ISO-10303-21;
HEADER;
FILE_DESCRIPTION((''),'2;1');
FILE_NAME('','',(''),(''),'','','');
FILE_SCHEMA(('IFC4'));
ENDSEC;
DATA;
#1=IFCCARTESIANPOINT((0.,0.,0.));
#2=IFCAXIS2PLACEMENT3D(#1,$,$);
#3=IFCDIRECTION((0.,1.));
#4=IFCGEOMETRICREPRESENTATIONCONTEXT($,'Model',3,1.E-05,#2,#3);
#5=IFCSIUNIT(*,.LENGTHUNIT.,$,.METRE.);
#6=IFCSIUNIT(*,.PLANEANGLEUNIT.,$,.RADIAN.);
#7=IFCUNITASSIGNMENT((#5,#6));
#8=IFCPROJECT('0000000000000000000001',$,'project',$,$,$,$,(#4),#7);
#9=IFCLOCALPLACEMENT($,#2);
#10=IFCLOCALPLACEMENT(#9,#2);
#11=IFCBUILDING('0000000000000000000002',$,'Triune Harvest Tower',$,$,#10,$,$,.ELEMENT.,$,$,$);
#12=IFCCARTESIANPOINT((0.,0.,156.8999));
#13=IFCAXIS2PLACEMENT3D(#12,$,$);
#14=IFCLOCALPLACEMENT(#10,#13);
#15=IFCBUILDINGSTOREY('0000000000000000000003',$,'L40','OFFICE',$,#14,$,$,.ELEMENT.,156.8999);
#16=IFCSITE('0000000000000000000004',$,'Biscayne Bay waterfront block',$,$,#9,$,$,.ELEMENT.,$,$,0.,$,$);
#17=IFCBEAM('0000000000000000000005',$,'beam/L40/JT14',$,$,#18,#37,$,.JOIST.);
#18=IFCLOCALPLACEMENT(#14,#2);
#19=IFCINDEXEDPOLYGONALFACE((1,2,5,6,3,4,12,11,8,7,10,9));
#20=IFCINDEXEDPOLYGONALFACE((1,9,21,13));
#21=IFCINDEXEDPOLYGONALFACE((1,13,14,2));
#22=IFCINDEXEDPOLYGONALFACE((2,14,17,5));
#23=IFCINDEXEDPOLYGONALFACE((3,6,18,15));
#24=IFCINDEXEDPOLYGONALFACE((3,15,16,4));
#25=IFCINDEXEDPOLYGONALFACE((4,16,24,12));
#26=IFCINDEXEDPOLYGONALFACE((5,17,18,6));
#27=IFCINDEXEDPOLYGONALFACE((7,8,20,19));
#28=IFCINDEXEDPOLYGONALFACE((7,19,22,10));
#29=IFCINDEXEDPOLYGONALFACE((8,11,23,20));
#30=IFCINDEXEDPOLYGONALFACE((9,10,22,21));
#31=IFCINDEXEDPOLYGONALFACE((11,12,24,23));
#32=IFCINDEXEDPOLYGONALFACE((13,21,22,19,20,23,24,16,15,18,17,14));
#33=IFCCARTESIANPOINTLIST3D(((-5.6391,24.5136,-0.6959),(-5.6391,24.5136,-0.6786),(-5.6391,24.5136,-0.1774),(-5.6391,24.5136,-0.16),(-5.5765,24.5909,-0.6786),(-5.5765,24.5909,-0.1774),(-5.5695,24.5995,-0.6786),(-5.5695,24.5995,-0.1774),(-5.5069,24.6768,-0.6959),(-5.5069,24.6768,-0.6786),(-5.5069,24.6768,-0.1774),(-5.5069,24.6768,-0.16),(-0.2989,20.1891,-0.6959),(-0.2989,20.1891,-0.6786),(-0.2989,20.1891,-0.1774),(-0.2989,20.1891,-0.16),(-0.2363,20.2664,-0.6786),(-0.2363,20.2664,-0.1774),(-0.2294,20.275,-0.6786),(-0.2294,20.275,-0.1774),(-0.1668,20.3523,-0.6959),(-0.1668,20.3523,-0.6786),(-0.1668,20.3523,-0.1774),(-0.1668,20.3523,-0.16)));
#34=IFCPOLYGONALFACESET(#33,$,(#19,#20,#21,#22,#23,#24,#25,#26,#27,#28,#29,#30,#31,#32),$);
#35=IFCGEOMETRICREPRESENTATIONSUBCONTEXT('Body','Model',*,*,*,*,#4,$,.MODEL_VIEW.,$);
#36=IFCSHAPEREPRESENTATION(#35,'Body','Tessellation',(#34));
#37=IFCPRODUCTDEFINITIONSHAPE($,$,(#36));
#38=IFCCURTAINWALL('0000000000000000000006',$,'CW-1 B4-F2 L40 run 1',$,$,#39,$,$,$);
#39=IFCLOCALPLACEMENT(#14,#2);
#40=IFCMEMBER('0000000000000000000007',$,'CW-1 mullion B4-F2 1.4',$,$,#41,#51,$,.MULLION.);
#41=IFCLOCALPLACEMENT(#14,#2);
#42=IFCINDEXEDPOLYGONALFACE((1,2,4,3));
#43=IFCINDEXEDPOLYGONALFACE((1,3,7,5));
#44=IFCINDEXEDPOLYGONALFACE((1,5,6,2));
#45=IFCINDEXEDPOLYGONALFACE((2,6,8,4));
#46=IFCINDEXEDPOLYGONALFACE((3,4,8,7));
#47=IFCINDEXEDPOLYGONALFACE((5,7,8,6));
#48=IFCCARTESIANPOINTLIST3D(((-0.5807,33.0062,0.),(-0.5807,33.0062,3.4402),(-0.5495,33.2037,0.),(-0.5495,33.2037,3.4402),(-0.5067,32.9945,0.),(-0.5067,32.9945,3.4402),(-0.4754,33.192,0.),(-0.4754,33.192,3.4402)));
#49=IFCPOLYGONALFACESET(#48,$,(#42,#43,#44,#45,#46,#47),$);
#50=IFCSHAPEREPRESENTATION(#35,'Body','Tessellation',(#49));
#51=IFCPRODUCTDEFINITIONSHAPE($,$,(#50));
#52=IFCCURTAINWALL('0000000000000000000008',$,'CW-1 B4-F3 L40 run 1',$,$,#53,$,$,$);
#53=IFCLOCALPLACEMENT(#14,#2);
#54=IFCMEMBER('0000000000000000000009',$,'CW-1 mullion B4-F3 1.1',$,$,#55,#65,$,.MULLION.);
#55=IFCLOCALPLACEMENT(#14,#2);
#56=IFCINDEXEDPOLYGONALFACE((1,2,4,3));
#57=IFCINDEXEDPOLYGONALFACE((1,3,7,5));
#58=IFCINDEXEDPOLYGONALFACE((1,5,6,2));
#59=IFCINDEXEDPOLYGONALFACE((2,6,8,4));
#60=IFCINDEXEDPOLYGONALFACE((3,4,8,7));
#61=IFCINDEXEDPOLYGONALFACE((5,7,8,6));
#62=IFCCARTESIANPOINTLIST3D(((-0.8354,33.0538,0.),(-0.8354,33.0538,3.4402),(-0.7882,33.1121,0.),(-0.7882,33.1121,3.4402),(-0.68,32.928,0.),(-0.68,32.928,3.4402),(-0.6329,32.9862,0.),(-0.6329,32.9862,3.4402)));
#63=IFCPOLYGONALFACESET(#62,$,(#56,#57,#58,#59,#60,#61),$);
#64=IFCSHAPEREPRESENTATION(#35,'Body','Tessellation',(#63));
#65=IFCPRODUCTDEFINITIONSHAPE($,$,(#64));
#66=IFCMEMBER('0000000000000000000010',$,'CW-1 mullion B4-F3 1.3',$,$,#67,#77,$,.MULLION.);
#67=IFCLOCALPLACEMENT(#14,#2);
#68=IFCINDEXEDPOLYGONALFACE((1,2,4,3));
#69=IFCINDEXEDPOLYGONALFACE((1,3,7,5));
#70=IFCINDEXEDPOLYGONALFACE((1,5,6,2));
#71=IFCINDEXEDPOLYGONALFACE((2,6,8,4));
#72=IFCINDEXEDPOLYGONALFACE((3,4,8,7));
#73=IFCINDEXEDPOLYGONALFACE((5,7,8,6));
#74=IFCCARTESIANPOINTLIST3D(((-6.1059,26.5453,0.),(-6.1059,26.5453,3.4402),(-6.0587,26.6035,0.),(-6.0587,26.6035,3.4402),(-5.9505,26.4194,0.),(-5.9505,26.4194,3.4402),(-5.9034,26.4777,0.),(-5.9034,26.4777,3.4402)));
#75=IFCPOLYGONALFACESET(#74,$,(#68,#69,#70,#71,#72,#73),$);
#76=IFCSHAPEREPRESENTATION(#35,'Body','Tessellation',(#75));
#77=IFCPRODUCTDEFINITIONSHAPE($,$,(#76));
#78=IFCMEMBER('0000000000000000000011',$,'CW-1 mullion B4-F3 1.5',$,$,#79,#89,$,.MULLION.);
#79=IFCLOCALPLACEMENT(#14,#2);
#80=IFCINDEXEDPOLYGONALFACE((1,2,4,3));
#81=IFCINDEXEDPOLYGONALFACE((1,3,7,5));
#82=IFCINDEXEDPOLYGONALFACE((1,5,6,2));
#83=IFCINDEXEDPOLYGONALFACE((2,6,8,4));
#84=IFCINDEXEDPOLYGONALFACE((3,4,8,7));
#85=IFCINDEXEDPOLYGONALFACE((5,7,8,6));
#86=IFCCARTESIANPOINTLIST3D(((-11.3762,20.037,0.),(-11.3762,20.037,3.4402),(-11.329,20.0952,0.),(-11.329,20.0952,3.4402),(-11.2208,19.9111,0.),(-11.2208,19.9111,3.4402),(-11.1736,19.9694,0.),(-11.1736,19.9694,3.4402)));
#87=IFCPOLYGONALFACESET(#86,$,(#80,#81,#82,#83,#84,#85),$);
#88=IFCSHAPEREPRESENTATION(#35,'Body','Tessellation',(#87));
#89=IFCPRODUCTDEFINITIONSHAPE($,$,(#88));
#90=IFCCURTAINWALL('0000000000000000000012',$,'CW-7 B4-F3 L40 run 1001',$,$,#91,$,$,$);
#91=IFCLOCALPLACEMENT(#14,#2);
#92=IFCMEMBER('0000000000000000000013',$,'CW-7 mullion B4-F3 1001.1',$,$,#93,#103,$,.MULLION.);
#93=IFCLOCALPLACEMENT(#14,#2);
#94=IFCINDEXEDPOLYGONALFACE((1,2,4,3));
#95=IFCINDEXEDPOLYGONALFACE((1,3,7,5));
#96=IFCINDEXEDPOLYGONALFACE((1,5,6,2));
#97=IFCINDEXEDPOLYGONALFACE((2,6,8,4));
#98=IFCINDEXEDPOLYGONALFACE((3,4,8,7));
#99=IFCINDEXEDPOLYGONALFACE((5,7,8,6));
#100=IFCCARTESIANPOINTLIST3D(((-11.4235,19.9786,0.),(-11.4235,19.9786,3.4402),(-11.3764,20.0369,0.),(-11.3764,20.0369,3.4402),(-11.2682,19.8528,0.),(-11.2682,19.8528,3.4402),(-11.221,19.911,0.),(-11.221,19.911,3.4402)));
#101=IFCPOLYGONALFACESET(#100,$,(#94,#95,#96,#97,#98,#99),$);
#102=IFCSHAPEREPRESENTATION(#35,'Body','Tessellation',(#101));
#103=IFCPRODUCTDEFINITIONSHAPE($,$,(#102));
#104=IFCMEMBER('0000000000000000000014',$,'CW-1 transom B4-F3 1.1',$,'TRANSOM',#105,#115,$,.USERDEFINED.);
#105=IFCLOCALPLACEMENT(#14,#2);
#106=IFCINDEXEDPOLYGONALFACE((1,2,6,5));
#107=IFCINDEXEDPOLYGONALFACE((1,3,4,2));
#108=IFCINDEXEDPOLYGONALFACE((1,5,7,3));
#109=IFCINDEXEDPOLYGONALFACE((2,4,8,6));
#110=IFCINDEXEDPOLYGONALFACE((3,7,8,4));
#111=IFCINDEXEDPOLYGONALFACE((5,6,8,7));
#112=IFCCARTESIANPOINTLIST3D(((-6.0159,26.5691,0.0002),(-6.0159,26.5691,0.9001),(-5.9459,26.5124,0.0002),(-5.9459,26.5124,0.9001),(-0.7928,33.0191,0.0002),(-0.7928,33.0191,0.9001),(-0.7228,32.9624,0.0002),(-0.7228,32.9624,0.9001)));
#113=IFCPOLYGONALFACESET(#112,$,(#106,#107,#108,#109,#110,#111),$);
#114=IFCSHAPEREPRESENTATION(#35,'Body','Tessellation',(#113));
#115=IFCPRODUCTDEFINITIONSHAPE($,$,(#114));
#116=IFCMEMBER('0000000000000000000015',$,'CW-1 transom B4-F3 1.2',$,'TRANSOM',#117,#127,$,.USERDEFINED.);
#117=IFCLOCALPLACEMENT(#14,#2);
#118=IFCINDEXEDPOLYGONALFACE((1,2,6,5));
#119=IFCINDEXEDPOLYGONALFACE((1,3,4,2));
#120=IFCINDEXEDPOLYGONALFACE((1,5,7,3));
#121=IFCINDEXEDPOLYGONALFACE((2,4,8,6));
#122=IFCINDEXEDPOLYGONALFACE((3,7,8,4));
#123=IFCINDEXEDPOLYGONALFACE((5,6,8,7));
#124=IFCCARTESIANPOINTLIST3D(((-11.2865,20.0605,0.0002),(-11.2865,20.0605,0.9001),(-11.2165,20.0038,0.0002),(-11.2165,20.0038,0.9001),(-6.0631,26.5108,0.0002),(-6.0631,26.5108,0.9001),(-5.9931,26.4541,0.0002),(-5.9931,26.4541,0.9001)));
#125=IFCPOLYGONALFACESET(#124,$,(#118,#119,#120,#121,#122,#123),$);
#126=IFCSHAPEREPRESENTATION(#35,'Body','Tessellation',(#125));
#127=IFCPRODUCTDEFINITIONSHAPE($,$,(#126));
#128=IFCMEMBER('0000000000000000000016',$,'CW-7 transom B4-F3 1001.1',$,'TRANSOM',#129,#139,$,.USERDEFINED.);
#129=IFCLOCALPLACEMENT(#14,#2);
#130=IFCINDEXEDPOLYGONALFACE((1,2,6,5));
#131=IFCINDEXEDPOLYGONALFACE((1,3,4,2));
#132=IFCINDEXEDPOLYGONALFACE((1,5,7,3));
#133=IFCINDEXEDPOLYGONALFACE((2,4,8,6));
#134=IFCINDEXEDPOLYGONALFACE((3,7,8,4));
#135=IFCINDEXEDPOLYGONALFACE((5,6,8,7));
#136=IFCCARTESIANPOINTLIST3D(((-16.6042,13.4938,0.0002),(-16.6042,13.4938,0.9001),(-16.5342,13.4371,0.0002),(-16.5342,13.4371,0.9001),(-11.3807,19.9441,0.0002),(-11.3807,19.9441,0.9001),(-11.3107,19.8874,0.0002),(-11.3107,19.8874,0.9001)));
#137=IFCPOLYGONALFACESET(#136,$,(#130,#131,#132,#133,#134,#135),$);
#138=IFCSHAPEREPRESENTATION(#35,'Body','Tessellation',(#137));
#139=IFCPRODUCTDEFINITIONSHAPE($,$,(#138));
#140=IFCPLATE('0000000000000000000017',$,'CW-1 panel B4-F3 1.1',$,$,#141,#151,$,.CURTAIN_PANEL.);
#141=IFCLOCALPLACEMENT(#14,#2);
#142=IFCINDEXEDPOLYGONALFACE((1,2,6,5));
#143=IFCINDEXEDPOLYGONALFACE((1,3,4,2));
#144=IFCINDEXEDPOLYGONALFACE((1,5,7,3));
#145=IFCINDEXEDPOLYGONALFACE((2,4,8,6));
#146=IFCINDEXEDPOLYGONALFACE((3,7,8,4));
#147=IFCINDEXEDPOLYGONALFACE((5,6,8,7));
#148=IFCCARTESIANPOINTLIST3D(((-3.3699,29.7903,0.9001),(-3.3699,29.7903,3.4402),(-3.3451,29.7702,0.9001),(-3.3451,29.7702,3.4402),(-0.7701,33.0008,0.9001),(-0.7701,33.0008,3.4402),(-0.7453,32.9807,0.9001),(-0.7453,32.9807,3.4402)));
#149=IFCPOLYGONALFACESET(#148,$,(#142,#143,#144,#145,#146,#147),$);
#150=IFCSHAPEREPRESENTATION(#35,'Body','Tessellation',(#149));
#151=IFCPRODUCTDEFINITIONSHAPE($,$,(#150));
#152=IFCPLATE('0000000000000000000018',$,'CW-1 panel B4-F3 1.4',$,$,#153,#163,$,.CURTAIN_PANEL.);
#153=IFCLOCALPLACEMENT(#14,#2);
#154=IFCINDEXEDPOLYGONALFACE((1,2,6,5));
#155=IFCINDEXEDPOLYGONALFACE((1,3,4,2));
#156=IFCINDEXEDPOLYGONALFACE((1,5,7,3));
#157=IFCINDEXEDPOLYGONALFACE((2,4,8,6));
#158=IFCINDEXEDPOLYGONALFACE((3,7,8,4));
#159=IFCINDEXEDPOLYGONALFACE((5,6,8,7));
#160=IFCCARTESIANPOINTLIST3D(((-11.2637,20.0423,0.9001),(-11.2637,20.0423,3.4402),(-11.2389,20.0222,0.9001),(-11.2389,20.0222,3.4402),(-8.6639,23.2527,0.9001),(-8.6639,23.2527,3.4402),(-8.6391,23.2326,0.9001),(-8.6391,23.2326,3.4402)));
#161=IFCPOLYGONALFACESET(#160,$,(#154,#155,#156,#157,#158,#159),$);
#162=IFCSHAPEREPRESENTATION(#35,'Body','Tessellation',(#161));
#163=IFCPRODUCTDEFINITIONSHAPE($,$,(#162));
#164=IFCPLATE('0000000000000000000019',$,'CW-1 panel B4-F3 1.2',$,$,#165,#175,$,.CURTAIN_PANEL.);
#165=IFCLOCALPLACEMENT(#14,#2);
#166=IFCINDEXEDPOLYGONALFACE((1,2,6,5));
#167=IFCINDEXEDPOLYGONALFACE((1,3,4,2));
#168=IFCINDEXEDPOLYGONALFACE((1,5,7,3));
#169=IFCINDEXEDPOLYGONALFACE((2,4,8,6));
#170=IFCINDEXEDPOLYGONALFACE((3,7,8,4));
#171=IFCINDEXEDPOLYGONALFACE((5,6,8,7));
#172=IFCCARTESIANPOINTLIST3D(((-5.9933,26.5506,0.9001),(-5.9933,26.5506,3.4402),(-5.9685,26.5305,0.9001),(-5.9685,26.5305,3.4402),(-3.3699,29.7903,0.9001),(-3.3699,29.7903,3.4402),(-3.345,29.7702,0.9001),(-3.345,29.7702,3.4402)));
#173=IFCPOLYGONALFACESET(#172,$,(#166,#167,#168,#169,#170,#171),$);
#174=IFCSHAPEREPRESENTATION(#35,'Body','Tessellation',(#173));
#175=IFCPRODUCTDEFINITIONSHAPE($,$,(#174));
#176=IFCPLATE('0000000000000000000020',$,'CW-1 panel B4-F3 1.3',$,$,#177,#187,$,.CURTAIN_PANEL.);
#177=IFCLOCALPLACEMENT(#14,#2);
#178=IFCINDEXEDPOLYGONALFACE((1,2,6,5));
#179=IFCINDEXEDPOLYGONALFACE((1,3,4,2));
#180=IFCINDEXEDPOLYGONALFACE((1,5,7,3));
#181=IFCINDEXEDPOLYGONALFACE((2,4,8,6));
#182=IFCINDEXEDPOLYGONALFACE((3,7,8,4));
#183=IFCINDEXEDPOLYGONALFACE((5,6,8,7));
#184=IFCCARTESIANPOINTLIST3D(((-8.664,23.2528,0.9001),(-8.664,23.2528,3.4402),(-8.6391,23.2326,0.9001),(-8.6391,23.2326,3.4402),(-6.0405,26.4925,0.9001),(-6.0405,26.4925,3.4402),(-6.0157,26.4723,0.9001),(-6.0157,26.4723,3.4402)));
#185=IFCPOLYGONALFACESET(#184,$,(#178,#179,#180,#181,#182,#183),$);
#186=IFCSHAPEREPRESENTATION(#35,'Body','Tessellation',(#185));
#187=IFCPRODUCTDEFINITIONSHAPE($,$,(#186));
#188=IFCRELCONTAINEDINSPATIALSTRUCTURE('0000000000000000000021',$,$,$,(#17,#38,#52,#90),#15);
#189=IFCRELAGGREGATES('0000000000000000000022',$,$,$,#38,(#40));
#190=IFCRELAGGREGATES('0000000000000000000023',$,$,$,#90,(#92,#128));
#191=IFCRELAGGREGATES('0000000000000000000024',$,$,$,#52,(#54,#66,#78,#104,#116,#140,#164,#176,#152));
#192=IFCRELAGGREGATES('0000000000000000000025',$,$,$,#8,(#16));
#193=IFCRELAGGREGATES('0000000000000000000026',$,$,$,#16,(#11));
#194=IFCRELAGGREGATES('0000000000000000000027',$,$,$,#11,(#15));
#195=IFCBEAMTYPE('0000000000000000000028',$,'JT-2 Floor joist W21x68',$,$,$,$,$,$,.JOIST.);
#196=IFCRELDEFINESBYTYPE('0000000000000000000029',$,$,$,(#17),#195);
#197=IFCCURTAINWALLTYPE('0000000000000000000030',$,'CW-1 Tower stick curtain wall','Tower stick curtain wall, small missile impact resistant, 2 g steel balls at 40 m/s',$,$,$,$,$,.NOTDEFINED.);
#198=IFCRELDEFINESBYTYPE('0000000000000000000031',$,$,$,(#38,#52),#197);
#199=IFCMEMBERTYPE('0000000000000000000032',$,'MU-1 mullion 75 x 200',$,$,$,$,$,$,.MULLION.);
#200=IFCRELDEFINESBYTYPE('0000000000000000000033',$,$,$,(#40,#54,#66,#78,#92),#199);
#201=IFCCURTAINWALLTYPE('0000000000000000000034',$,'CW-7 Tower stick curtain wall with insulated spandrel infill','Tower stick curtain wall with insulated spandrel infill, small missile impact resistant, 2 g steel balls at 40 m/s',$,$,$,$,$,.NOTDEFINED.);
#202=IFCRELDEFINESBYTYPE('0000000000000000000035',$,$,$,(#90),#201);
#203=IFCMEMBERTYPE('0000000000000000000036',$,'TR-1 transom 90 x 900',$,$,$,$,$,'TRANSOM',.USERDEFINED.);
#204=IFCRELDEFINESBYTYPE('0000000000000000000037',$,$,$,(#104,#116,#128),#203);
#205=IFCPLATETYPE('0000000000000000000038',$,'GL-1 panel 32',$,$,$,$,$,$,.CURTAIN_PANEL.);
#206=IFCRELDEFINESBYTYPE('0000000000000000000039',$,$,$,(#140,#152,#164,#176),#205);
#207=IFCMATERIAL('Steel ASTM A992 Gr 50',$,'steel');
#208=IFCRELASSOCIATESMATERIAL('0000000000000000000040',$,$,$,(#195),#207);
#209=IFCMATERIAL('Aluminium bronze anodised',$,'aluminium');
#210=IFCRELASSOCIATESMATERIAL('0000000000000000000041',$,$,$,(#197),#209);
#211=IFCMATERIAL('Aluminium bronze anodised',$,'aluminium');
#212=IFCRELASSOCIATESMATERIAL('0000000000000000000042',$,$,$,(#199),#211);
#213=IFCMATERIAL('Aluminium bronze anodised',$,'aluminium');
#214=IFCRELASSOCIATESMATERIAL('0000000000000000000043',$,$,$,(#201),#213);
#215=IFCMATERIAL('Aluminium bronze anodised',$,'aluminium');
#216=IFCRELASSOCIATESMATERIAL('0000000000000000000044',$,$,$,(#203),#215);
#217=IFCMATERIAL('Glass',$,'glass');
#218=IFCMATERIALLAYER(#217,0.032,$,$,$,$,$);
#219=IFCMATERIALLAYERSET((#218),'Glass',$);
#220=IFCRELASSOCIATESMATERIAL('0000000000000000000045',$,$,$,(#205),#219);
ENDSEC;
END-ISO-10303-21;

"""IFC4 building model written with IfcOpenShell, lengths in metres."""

from ifc_helpers import new_model, si_unit, direction, frame, origin, origin_2d, place, context, subcontext, project, spatial, rectangle, i_section, extrude, source, transform, mapped, material, layer, layer_set, material_profile, profile_set, type_object, element, aggregate, save


model = new_model("IFC4")

# Units and contexts
model_context = context("Model", 3, precision=1e-05, world=origin(), true_north=direction((0.0, 1.0)))
body_context = subcontext(model_context, "Body", "Model", "MODEL_VIEW")
ifc_project = project(units=[si_unit("LENGTHUNIT", "METRE"), si_unit("PLANEANGLEUNIT", "RADIAN")], contexts=[model_context])

# Site, building, storey
site_placement = place(None, origin())
site = spatial("IfcSite", under=ifc_project, at=site_placement, Name="Biscayne Bay waterfront block", CompositionType="ELEMENT", RefElevation=0.0)
building_placement = place(site_placement, origin())
building = spatial("IfcBuilding", under=site, at=building_placement, Name="Triune Harvest Tower", CompositionType="ELEMENT")
storey_placement = place(building_placement, frame((0.0, 0.0, 156.8999)))
storey = spatial("IfcBuildingStorey", under=building, at=storey_placement, Name="L40", Description="OFFICE", CompositionType="ELEMENT", Elevation=156.8999)

# Beam
ifc_material_1 = material(Name="Steel ASTM A992 Gr 50", Category="steel")
ifc_material_profile_1 = material_profile(ifc_material_1, i_section(OverallWidth=0.21, OverallDepth=0.5359, WebThickness=0.011, FlangeThickness=0.0173, at=origin_2d()), Name="W21x68")
ifc_profile_set_1 = profile_set([ifc_material_profile_1], Name="Steel ASTM A992 Gr 50")
beam_type_1 = type_object("IfcBeamType", Name="JT-2 Floor joist W21x68", PredefinedType="JOIST", material=ifc_profile_set_1)
shared_shape_1 = source(origin(), body_context, "Body", "SweptSolid", [
    extrude(i_section(OverallWidth=0.21, OverallDepth=0.5359, WebThickness=0.011, FlangeThickness=0.0173, at=origin_2d()), origin(), (0.0, 0.0, 1.0), 6.8716),
])
beam_1_placement = place(storey_placement, frame((-5.573, 24.5952, -0.428), z_axis=(0.777136, -0.629333, 0.0), x_axis=(0.629333, 0.777136, 0.0)))
element("IfcBeam", 1, at=beam_1_placement, inside=storey, type_object=beam_type_1, Name="beam/L40/JT14", PredefinedType="JOIST", context=body_context, shape_type="MappedRepresentation", body=[
    mapped(shared_shape_1, transform((0.0, 0.0, 0.0), scale=1.0)),
])

# Curtain wall, member
ifc_material_2 = material(Name="Aluminium bronze anodised", Category="aluminium")
curtain_wall_type_1 = type_object("IfcCurtainWallType", Name="CW-1 Tower stick curtain wall", Description="Tower stick curtain wall, small missile impact resistant, 2 g steel balls at 40 m/s", PredefinedType="NOTDEFINED", material=ifc_material_2)
curtain_wall_1_placement = place(storey_placement, origin())
curtain_wall_1 = element("IfcCurtainWall", 2, at=curtain_wall_1_placement, inside=storey, type_object=curtain_wall_type_1, Name="CW-1 B4-F2 L40 run 1")
ifc_material_3 = material(Name="Aluminium bronze anodised", Category="aluminium")
ifc_material_profile_2 = material_profile(ifc_material_3, rectangle(XDim=0.2, YDim=0.075, at=origin_2d()), Name="MU-1 mullion 75 x 200")
ifc_profile_set_2 = profile_set([ifc_material_profile_2], Name="Aluminium bronze anodised")
member_type_1 = type_object("IfcMemberType", Name="MU-1 mullion 75 x 200", PredefinedType="MULLION", material=ifc_profile_set_2)
shared_shape_2 = source(origin(), body_context, "Body", "SweptSolid", [
    extrude(rectangle(XDim=0.2, YDim=0.075, at=origin_2d()), origin(), (0.0, 0.0, 1.0), 3.4402),
])
member_1_placement = place(storey_placement, frame((-0.5281, 33.0991, 0.0), z_axis=(0.0, 0.0, 1.0), x_axis=(-0.156433, -0.987689, 0.0)))
member_1 = element("IfcMember", 3, at=member_1_placement, type_object=member_type_1, Name="CW-1 mullion B4-F2 1.4", PredefinedType="MULLION", context=body_context, shape_type="MappedRepresentation", body=[
    mapped(shared_shape_2, transform((0.0, 0.0, 0.0), scale=1.0)),
])
aggregate(curtain_wall_1, [member_1])

# Curtain wall, members
curtain_wall_2_placement = place(storey_placement, origin())
curtain_wall_2 = element("IfcCurtainWall", 4, at=curtain_wall_2_placement, inside=storey, type_object=curtain_wall_type_1, Name="CW-1 B4-F3 L40 run 1")
member_2_placement = place(storey_placement, frame((-0.7341, 33.02, 0.0), z_axis=(0.0, 0.0, 1.0), x_axis=(0.777143, -0.629324, 0.0)))
member_2 = element("IfcMember", 5, at=member_2_placement, type_object=member_type_1, Name="CW-1 mullion B4-F3 1.1", PredefinedType="MULLION", context=body_context, shape_type="MappedRepresentation", body=[
    mapped(shared_shape_2, transform((0.0, 0.0, 0.0), scale=1.0)),
])
member_3_placement = place(storey_placement, frame((-6.0046, 26.5115, 0.0), z_axis=(0.0, 0.0, 1.0), x_axis=(0.777143, -0.629324, 0.0)))
member_3 = element("IfcMember", 6, at=member_3_placement, type_object=member_type_1, Name="CW-1 mullion B4-F3 1.3", PredefinedType="MULLION", context=body_context, shape_type="MappedRepresentation", body=[
    mapped(shared_shape_2, transform((0.0, 0.0, 0.0), scale=1.0)),
])
member_4_placement = place(storey_placement, frame((-11.2749, 20.0032, 0.0), z_axis=(0.0, 0.0, 1.0), x_axis=(0.777143, -0.629324, 0.0)))
member_4 = element("IfcMember", 7, at=member_4_placement, type_object=member_type_1, Name="CW-1 mullion B4-F3 1.5", PredefinedType="MULLION", context=body_context, shape_type="MappedRepresentation", body=[
    mapped(shared_shape_2, transform((0.0, 0.0, 0.0), scale=1.0)),
])

# Curtain wall, member
ifc_material_4 = material(Name="Aluminium bronze anodised", Category="aluminium")
curtain_wall_type_2 = type_object("IfcCurtainWallType", Name="CW-7 Tower stick curtain wall with insulated spandrel infill", Description="Tower stick curtain wall with insulated spandrel infill, small missile impact resistant, 2 g steel balls at 40 m/s", PredefinedType="NOTDEFINED", material=ifc_material_4)
curtain_wall_3_placement = place(storey_placement, origin())
curtain_wall_3 = element("IfcCurtainWall", 8, at=curtain_wall_3_placement, inside=storey, type_object=curtain_wall_type_2, Name="CW-7 B4-F3 L40 run 1001")
member_5_placement = place(storey_placement, frame((-11.3223, 19.9448, 0.0), z_axis=(0.0, 0.0, 1.0), x_axis=(0.777149, -0.629317, 0.0)))
member_5 = element("IfcMember", 9, at=member_5_placement, type_object=member_type_1, Name="CW-7 mullion B4-F3 1001.1", PredefinedType="MULLION", context=body_context, shape_type="MappedRepresentation", body=[
    mapped(shared_shape_2, transform((0.0, 0.0, 0.0), scale=1.0)),
])

# Members
ifc_material_5 = material(Name="Aluminium bronze anodised", Category="aluminium")
ifc_material_profile_3 = material_profile(ifc_material_5, rectangle(XDim=0.0901, YDim=0.8999, at=origin_2d()), Name="TR-1 transom 90 x 900")
ifc_profile_set_3 = profile_set([ifc_material_profile_3], Name="Aluminium bronze anodised")
member_type_2 = type_object("IfcMemberType", Name="TR-1 transom 90 x 900", ElementType="TRANSOM", PredefinedType="USERDEFINED", material=ifc_profile_set_3)
shared_shape_3 = source(origin(), body_context, "Body", "SweptSolid", [
    extrude(rectangle(XDim=0.0901, YDim=0.8999, at=origin_2d()), origin(), (0.0, 0.0, 1.0), 8.2996),
])
member_6_placement = place(storey_placement, frame((-0.7578, 32.9907, 0.4502), z_axis=(-0.629326, -0.777141, 0.0), x_axis=(0.777141, -0.629326, 0.0)))
member_6 = element("IfcMember", 10, at=member_6_placement, type_object=member_type_2, Name="CW-1 transom B4-F3 1.1", ObjectType="TRANSOM", PredefinedType="USERDEFINED", context=body_context, shape_type="MappedRepresentation", body=[
    mapped(shared_shape_3, transform((0.0, 0.0, 0.0), scale=1.0)),
])
shared_shape_4 = source(origin(), body_context, "Body", "SweptSolid", [
    extrude(rectangle(XDim=0.0901, YDim=0.8999, at=origin_2d()), origin(), (0.0, 0.0, 1.0), 8.3),
])
member_7_placement = place(storey_placement, frame((-6.0281, 26.4824, 0.4502), z_axis=(-0.629329, -0.777139, 0.0), x_axis=(0.777139, -0.629329, 0.0)))
member_7 = element("IfcMember", 11, at=member_7_placement, type_object=member_type_2, Name="CW-1 transom B4-F3 1.2", ObjectType="TRANSOM", PredefinedType="USERDEFINED", context=body_context, shape_type="MappedRepresentation", body=[
    mapped(shared_shape_4, transform((0.0, 0.0, 0.0), scale=1.0)),
])
member_8_placement = place(storey_placement, frame((-11.3457, 19.9158, 0.4502), z_axis=(-0.629329, -0.777139, 0.0), x_axis=(0.777139, -0.629329, 0.0)))
member_8 = element("IfcMember", 12, at=member_8_placement, type_object=member_type_2, Name="CW-7 transom B4-F3 1001.1", ObjectType="TRANSOM", PredefinedType="USERDEFINED", context=body_context, shape_type="MappedRepresentation", body=[
    mapped(shared_shape_4, transform((0.0, 0.0, 0.0), scale=1.0)),
])
aggregate(curtain_wall_3, [member_5, member_8])

# Plates
ifc_material_6 = material(Name="Glass", Category="glass")
ifc_layer_1 = layer(ifc_material_6, 0.032)
ifc_layer_set_1 = layer_set([ifc_layer_1], Name="Glass")
plate_type = type_object("IfcPlateType", Name="GL-1 panel 32", PredefinedType="CURTAIN_PANEL", material=ifc_layer_set_1)
shared_shape_5 = source(origin(), body_context, "Body", "SweptSolid", [
    extrude(rectangle(XDim=4.1311, YDim=0.032, at=origin_2d()), origin(), (0.0, 0.0, 1.0), 2.54),
])
plate_1_placement = place(storey_placement, frame((-2.0576, 31.3855, 0.9001), z_axis=(0.0, 0.0, 1.0), x_axis=(-0.629324, -0.777143, 0.0)))
plate_1 = element("IfcPlate", 13, at=plate_1_placement, type_object=plate_type, Name="CW-1 panel B4-F3 1.1", PredefinedType="CURTAIN_PANEL", context=body_context, shape_type="MappedRepresentation", body=[
    mapped(shared_shape_5, transform((0.0, 0.0, 0.0), scale=1.0)),
])
plate_2_placement = place(storey_placement, frame((-9.9514, 21.6375, 0.9001), z_axis=(0.0, 0.0, 1.0), x_axis=(-0.629324, -0.777143, 0.0)))
plate_2 = element("IfcPlate", 14, at=plate_2_placement, type_object=plate_type, Name="CW-1 panel B4-F3 1.4", PredefinedType="CURTAIN_PANEL", context=body_context, shape_type="MappedRepresentation", body=[
    mapped(shared_shape_5, transform((0.0, 0.0, 0.0), scale=1.0)),
])
shared_shape_6 = source(origin(), body_context, "Body", "SweptSolid", [
    extrude(rectangle(XDim=4.1687, YDim=0.032, at=origin_2d()), origin(), (0.0, 0.0, 1.0), 2.54),
])
plate_3_placement = place(storey_placement, frame((-4.6692, 28.1604, 0.9001), z_axis=(0.0, 0.0, 1.0), x_axis=(-0.629324, -0.777143, 0.0)))
plate_3 = element("IfcPlate", 15, at=plate_3_placement, type_object=plate_type, Name="CW-1 panel B4-F3 1.2", PredefinedType="CURTAIN_PANEL", context=body_context, shape_type="MappedRepresentation", body=[
    mapped(shared_shape_6, transform((0.0, 0.0, 0.0), scale=1.0)),
])
plate_4_placement = place(storey_placement, frame((-7.3398, 24.8625, 0.9001), z_axis=(0.0, 0.0, 1.0), x_axis=(-0.629324, -0.777143, 0.0)))
plate_4 = element("IfcPlate", 16, at=plate_4_placement, type_object=plate_type, Name="CW-1 panel B4-F3 1.3", PredefinedType="CURTAIN_PANEL", context=body_context, shape_type="MappedRepresentation", body=[
    mapped(shared_shape_6, transform((0.0, 0.0, 0.0), scale=1.0)),
])
aggregate(curtain_wall_2, [member_2, member_3, member_4, member_6, member_7, plate_1, plate_3, plate_4, plate_2])

save(model, "model.ifc")
